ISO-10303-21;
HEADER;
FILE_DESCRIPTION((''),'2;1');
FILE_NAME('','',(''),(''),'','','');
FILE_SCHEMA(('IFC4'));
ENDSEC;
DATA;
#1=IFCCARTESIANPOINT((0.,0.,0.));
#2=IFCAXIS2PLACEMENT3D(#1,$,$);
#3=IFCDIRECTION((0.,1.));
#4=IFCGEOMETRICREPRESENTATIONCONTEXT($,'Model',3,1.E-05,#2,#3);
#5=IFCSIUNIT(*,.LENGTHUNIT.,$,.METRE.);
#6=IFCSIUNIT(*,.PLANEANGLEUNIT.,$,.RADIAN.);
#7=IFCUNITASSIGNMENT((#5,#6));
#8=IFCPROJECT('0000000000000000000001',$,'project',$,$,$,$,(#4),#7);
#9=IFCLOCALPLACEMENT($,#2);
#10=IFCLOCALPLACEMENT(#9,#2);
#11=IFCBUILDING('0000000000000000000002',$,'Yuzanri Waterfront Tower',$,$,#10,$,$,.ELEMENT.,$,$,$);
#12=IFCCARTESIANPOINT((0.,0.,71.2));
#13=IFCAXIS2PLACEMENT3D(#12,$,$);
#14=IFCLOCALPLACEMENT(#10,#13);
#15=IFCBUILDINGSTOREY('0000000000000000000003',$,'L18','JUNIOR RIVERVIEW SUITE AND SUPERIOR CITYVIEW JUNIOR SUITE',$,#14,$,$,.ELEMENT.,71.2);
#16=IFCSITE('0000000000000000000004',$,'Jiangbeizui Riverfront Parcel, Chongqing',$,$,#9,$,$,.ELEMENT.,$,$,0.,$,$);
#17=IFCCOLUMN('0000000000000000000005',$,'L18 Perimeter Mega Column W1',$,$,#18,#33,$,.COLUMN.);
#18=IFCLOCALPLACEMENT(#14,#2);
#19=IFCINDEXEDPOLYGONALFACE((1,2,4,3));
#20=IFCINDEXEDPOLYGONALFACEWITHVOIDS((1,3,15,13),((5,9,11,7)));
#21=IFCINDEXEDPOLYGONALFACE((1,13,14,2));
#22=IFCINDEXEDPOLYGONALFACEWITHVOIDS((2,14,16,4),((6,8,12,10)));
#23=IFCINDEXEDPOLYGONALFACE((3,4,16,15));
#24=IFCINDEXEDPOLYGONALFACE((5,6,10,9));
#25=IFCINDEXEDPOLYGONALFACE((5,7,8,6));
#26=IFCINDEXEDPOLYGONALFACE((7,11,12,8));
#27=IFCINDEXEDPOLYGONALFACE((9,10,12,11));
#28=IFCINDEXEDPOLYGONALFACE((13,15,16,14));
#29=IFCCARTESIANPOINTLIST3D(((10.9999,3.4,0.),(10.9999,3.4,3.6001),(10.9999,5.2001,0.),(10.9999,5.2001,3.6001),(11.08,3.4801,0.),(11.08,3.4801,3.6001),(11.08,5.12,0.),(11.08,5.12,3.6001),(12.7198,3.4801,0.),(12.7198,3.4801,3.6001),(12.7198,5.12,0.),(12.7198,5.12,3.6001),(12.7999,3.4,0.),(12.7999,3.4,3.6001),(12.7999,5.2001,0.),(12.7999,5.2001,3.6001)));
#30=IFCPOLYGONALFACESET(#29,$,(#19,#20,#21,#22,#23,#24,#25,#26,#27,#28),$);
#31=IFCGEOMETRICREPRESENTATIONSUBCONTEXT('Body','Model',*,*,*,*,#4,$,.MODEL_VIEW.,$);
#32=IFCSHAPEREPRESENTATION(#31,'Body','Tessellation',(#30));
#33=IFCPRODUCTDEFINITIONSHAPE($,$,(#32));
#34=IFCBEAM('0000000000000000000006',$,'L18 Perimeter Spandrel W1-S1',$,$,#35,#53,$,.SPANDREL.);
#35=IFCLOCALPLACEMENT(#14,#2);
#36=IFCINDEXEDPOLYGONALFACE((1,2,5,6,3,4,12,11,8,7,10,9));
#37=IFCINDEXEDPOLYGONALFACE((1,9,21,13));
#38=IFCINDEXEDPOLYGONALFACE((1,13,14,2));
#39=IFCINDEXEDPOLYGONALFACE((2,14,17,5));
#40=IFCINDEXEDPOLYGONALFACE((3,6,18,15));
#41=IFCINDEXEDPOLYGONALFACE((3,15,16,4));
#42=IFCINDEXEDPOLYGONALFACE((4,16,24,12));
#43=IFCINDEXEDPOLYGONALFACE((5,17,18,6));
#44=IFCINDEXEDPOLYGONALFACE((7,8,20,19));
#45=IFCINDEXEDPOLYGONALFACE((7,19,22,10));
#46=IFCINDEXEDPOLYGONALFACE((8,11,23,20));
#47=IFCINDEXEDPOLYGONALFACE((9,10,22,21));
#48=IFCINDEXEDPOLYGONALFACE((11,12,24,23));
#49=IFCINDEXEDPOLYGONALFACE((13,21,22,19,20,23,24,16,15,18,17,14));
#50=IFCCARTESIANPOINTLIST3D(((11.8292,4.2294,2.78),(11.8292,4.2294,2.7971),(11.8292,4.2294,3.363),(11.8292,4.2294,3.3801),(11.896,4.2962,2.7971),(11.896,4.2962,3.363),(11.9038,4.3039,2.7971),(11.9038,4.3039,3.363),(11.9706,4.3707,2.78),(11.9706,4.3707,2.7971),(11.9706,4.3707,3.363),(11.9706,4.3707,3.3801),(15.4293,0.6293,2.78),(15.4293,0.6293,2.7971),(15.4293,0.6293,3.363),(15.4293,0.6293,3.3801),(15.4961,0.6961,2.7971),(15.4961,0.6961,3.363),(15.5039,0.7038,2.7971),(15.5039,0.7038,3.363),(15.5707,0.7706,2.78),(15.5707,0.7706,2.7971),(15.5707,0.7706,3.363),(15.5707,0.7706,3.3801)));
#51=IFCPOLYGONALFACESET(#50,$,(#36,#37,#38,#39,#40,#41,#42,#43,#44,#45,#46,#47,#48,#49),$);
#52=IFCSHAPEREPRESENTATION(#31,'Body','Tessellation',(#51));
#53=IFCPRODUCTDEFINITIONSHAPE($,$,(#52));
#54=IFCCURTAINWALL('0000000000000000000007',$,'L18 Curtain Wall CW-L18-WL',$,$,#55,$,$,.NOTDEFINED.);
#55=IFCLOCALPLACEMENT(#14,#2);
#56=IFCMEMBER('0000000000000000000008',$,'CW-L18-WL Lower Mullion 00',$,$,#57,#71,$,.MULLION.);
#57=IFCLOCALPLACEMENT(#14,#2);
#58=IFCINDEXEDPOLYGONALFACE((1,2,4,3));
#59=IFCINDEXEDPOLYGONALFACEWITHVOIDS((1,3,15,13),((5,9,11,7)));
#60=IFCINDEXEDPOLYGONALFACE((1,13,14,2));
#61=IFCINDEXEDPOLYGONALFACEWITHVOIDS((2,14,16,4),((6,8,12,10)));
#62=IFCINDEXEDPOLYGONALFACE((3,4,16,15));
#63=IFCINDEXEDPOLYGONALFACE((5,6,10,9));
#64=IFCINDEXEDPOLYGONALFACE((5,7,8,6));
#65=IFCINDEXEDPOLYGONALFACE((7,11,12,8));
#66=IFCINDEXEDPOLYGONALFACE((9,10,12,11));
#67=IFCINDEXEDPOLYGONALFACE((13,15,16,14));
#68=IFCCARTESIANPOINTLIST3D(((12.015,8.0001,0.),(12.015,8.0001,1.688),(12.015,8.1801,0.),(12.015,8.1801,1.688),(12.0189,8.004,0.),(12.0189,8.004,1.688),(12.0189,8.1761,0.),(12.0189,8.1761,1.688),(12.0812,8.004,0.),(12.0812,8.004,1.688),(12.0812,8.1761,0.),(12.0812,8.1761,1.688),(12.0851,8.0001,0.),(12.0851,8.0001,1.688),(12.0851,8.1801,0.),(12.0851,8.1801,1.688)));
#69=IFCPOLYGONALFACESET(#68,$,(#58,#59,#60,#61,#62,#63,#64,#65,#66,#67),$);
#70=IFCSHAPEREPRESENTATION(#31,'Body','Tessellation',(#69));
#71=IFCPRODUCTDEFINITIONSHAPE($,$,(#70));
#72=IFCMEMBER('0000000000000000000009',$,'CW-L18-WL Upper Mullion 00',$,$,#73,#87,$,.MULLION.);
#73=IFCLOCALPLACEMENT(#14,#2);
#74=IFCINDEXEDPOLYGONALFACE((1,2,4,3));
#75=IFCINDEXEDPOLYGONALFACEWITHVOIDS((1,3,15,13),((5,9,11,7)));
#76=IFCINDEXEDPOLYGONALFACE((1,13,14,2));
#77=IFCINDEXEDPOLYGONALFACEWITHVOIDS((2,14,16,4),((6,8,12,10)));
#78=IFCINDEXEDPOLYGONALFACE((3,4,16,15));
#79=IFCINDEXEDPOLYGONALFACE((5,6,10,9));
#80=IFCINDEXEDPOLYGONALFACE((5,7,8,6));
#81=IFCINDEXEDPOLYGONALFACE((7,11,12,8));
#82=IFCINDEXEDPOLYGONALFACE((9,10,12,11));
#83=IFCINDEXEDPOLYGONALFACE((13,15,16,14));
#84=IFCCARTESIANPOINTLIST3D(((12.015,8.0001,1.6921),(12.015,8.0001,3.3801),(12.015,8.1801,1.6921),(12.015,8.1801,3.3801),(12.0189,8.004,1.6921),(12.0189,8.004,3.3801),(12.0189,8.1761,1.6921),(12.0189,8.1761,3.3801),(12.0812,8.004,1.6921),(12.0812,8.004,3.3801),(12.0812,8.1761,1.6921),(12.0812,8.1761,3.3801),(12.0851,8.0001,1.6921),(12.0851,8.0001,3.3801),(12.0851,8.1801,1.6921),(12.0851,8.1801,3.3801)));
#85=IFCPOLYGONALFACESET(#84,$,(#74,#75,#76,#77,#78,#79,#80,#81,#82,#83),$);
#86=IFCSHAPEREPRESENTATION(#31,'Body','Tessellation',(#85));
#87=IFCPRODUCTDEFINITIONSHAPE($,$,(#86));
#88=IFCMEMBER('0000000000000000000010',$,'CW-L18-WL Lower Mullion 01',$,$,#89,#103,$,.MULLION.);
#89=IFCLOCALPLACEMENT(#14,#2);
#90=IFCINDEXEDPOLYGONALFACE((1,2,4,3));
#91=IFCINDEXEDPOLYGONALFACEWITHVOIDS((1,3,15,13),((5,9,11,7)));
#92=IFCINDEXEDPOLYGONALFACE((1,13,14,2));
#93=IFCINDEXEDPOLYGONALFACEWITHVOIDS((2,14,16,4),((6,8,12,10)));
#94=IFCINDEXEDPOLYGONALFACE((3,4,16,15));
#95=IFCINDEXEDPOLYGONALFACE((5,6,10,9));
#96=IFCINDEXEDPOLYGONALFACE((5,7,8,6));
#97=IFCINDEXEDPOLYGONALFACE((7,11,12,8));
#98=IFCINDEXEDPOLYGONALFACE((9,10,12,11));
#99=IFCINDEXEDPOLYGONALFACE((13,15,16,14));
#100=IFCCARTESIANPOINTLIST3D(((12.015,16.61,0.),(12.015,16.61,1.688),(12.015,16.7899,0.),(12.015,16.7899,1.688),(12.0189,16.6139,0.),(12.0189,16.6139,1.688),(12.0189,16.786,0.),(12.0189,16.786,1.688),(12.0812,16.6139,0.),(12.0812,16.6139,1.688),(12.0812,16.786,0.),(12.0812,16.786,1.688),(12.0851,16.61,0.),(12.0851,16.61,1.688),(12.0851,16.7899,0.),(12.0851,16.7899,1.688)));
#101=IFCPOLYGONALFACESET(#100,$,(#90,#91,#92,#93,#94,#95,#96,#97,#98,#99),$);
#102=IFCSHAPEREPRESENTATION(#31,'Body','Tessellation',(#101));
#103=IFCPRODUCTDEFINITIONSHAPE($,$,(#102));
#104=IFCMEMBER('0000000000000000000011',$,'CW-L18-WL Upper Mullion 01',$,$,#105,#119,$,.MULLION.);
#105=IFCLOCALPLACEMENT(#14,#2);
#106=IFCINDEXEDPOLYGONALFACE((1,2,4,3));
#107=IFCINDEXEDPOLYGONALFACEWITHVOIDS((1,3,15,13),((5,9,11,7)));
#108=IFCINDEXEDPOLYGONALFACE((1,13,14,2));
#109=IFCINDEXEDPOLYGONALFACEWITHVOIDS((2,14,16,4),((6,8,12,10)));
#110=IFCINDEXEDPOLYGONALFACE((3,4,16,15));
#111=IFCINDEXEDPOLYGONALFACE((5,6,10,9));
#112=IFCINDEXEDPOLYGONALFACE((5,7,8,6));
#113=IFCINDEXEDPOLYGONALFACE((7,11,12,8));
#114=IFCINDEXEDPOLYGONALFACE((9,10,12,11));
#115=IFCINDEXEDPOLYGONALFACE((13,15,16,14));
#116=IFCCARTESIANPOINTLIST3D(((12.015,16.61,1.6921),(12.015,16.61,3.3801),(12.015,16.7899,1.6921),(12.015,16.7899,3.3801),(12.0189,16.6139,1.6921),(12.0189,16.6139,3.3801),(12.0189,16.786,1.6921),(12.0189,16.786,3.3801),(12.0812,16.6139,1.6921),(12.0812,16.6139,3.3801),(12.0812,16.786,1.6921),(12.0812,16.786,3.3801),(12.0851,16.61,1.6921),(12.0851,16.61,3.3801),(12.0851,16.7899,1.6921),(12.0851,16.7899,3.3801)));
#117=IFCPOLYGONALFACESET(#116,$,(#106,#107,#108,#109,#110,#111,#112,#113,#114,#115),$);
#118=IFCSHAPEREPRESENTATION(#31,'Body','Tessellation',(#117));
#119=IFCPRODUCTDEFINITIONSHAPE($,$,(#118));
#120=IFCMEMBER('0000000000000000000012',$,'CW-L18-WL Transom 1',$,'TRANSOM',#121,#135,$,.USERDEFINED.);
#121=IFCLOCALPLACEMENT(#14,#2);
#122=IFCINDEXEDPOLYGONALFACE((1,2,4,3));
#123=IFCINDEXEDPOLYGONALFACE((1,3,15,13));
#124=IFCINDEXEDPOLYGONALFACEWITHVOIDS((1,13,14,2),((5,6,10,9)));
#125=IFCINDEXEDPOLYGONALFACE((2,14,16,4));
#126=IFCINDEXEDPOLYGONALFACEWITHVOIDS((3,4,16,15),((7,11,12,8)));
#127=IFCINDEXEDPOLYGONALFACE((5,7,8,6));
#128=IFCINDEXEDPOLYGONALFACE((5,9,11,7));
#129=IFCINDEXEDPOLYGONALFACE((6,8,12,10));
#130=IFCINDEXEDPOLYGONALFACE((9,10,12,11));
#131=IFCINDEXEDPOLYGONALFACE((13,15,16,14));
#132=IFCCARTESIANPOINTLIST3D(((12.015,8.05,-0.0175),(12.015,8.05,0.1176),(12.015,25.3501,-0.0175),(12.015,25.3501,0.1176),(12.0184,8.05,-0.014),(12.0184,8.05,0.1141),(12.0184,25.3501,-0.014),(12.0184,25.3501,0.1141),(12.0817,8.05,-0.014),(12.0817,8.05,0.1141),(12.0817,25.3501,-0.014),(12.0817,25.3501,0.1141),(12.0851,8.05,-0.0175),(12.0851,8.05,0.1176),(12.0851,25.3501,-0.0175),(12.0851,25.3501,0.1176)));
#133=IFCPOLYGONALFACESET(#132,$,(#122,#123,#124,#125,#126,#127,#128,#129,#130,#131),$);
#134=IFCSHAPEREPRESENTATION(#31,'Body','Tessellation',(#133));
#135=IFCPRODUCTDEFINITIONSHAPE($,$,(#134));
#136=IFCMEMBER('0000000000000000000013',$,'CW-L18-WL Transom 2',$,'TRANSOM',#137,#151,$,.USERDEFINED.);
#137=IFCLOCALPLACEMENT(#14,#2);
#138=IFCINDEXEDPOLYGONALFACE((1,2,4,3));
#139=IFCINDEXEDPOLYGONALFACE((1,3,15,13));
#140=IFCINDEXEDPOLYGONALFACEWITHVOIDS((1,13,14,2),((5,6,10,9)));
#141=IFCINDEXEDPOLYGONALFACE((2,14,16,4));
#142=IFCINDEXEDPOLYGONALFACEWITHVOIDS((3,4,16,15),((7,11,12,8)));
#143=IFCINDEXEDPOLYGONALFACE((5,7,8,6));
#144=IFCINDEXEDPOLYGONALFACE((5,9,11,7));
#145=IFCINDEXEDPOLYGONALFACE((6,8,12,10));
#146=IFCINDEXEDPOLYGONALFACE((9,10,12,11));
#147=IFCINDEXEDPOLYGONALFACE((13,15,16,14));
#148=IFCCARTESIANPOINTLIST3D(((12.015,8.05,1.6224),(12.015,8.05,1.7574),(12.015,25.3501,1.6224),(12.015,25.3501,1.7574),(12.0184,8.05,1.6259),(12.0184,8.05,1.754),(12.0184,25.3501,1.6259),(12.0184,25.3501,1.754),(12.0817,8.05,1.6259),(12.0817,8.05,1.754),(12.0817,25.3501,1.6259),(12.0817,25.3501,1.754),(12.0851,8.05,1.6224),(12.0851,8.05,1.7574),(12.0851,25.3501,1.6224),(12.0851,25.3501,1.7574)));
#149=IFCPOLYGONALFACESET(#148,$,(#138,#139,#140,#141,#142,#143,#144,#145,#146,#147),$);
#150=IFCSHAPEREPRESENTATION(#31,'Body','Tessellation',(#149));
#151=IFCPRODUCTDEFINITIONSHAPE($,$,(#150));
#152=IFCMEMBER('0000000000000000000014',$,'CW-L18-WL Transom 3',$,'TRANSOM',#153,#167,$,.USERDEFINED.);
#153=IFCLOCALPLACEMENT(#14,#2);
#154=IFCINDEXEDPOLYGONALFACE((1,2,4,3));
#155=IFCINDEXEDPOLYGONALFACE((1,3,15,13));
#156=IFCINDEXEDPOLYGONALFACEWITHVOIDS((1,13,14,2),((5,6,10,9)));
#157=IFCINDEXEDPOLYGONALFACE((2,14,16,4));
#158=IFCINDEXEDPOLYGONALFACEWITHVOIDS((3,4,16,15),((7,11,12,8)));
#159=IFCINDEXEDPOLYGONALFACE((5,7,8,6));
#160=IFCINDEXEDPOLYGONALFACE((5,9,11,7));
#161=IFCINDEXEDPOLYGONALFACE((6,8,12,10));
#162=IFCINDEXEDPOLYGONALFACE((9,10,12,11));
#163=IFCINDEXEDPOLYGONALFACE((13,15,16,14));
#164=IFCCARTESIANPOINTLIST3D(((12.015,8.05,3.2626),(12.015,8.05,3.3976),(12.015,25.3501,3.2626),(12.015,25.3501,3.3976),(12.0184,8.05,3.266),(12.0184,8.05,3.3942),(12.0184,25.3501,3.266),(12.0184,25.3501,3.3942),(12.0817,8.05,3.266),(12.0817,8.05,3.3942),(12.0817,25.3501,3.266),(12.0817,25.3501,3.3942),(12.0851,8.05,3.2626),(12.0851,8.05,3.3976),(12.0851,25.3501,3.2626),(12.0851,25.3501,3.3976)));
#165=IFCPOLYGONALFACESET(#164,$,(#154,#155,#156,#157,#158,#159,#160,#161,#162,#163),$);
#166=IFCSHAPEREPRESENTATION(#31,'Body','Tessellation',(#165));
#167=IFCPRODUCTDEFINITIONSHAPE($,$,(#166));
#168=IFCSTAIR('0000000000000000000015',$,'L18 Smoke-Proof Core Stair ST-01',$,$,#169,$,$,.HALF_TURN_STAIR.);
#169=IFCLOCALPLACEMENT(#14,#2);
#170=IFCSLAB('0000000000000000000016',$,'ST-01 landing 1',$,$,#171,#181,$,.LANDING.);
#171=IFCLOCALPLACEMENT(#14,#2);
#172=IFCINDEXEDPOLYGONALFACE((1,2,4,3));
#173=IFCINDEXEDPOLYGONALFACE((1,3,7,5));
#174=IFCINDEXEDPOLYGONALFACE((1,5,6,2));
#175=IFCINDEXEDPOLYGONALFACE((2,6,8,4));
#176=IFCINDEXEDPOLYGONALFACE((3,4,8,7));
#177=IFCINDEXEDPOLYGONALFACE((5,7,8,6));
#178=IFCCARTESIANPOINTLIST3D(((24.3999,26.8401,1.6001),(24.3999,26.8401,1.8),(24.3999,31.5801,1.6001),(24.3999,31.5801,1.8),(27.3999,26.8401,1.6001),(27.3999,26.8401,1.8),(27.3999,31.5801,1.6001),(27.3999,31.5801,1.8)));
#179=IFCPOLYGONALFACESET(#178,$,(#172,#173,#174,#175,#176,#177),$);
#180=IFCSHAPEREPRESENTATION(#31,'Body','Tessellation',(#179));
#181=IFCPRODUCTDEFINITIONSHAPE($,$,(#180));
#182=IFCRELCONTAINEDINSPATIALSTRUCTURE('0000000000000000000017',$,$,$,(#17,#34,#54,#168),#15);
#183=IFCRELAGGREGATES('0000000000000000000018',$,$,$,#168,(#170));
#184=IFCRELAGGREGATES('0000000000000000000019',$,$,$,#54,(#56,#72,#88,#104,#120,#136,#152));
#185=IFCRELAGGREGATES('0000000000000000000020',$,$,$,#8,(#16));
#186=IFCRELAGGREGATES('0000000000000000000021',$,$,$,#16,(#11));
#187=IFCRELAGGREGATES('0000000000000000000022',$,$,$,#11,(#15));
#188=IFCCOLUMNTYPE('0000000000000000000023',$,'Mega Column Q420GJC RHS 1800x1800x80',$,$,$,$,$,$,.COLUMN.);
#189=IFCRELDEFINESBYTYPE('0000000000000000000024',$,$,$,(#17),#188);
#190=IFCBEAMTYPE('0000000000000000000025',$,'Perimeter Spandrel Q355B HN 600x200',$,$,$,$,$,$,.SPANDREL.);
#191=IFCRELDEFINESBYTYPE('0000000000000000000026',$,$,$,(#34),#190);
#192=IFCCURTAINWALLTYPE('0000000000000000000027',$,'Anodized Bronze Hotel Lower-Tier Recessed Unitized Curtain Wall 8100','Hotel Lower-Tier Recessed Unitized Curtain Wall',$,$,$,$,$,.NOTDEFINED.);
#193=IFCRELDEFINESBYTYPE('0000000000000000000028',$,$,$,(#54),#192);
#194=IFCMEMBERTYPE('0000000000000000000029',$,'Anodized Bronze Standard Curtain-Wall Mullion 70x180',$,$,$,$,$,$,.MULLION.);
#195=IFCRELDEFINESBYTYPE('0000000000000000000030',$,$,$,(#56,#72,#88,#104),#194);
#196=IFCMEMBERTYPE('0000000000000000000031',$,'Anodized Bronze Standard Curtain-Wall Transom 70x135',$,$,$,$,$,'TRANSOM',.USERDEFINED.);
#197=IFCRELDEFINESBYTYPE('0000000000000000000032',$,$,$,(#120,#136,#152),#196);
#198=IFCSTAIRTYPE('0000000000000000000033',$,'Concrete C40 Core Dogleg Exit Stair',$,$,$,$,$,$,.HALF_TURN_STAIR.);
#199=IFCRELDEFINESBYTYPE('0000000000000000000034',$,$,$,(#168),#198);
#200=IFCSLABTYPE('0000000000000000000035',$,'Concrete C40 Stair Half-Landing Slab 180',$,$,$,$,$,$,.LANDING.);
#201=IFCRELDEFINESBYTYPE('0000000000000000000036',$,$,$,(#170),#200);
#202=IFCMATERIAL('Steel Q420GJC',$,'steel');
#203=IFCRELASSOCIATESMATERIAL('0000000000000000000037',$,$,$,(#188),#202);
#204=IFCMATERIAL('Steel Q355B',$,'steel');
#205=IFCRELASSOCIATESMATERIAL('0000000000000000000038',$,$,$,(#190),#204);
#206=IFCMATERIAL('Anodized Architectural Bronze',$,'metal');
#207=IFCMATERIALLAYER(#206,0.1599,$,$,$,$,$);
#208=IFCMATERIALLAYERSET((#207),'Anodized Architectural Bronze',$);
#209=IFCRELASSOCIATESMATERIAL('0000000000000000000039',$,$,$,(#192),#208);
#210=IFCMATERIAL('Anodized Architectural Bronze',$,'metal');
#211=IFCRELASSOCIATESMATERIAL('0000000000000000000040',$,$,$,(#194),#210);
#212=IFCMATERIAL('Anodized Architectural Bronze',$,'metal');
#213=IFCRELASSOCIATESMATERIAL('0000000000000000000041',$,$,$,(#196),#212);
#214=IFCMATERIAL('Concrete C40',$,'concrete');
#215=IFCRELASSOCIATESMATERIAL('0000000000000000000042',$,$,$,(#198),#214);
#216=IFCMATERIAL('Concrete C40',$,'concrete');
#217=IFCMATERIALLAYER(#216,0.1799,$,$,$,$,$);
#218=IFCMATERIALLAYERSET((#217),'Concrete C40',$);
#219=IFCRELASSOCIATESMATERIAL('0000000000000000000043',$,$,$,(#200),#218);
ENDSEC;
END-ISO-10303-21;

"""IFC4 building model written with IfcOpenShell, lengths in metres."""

from ifc_helpers import new_model, si_unit, direction, frame, origin, origin_2d, place, context, subcontext, project, spatial, polyline, hollow_rectangle, i_section, outline, extrude, source, transform, mapped, material, layer, layer_set, material_profile, profile_set, type_object, element, aggregate, save


model = new_model("IFC4")

# Units and contexts
model_context = context("Model", 3, precision=1e-05, world=origin(), true_north=direction((0.0, 1.0)))
body_context = subcontext(model_context, "Body", "Model", "MODEL_VIEW")
ifc_project = project(units=[si_unit("LENGTHUNIT", "METRE"), si_unit("PLANEANGLEUNIT", "RADIAN")], contexts=[model_context])

# Site, building, storey
site_placement = place(None, origin())
site = spatial("IfcSite", under=ifc_project, at=site_placement, Name="Jiangbeizui Riverfront Parcel, Chongqing", CompositionType="ELEMENT", RefElevation=0.0)
building_placement = place(site_placement, origin())
building = spatial("IfcBuilding", under=site, at=building_placement, Name="Yuzanri Waterfront Tower", CompositionType="ELEMENT")
storey_placement = place(building_placement, frame((0.0, 0.0, 71.2)))
storey = spatial("IfcBuildingStorey", under=building, at=storey_placement, Name="L18", Description="JUNIOR RIVERVIEW SUITE AND SUPERIOR CITYVIEW JUNIOR SUITE", CompositionType="ELEMENT", Elevation=71.2)

# Column
ifc_material_1 = material(Name="Steel Q420GJC", Category="steel")
ifc_material_profile_1 = material_profile(ifc_material_1, hollow_rectangle(XDim=1.8, YDim=1.8, WallThickness=0.0801, at=origin_2d()), Name="RHS 1800x1800x80")
ifc_profile_set_1 = profile_set([ifc_material_profile_1], Name="Steel Q420GJC")
column_type = type_object("IfcColumnType", Name="Mega Column Q420GJC RHS 1800x1800x80", PredefinedType="COLUMN", material=ifc_profile_set_1)
shared_shape_1 = source(origin(), body_context, "Body", "SweptSolid", [
    extrude(hollow_rectangle(XDim=1.8, YDim=1.8, WallThickness=0.0801, at=origin_2d()), origin(), (0.0, 0.0, 1.0), 3.6001),
])
column_placement = place(storey_placement, frame((11.8999, 4.3, 0.0), z_axis=(0.0, 0.0, 1.0), x_axis=(1.0, 0.0, 0.0)))
element("IfcColumn", 1, at=column_placement, inside=storey, type_object=column_type, Name="L18 Perimeter Mega Column W1", PredefinedType="COLUMN", context=body_context, shape_type="MappedRepresentation", body=[
    mapped(shared_shape_1, transform((0.0, 0.0, 0.0), scale=1.0)),
])

# Beam
ifc_material_2 = material(Name="Steel Q355B", Category="steel")
ifc_material_profile_2 = material_profile(ifc_material_2, i_section(OverallWidth=0.2, OverallDepth=0.6001, WebThickness=0.011, FlangeThickness=0.0171, at=origin_2d()), Name="HN 600x200x11x17")
ifc_profile_set_2 = profile_set([ifc_material_profile_2], Name="Steel Q355B")
beam_type = type_object("IfcBeamType", Name="Perimeter Spandrel Q355B HN 600x200", PredefinedType="SPANDREL", material=ifc_profile_set_2)
shared_shape_2 = source(origin(), body_context, "Body", "SweptSolid", [
    extrude(i_section(OverallWidth=0.2, OverallDepth=0.6001, WebThickness=0.011, FlangeThickness=0.0171, at=origin_2d()), origin(), (0.0, 0.0, 1.0), 5.0913),
])
beam_placement = place(storey_placement, frame((11.8999, 4.3, 3.0801), z_axis=(0.707107, -0.707107, 0.0), x_axis=(0.707107, 0.707107, 0.0)))
element("IfcBeam", 2, at=beam_placement, inside=storey, type_object=beam_type, Name="L18 Perimeter Spandrel W1-S1", PredefinedType="SPANDREL", context=body_context, shape_type="MappedRepresentation", body=[
    mapped(shared_shape_2, transform((0.0, 0.0, 0.0), scale=1.0)),
])

# Curtain wall, members
ifc_material_3 = material(Name="Anodized Architectural Bronze", Category="metal")
ifc_layer_1 = layer(ifc_material_3, 0.1599)
ifc_layer_set_1 = layer_set([ifc_layer_1], Name="Anodized Architectural Bronze")
curtain_wall_type = type_object("IfcCurtainWallType", Name="Anodized Bronze Hotel Lower-Tier Recessed Unitized Curtain Wall 8100", Description="Hotel Lower-Tier Recessed Unitized Curtain Wall", PredefinedType="NOTDEFINED", material=ifc_layer_set_1)
curtain_wall_placement = place(storey_placement, origin())
curtain_wall = element("IfcCurtainWall", 3, at=curtain_wall_placement, inside=storey, type_object=curtain_wall_type, Name="L18 Curtain Wall CW-L18-WL", PredefinedType="NOTDEFINED")
ifc_material_4 = material(Name="Anodized Architectural Bronze", Category="metal")
ifc_material_profile_3 = material_profile(ifc_material_4, hollow_rectangle(XDim=0.0701, YDim=0.1799, WallThickness=0.0039, at=origin_2d()), Name="CWM 70x180")
ifc_profile_set_3 = profile_set([ifc_material_profile_3], Name="Anodized Architectural Bronze")
member_type_1 = type_object("IfcMemberType", Name="Anodized Bronze Standard Curtain-Wall Mullion 70x180", PredefinedType="MULLION", material=ifc_profile_set_3)
shared_shape_3 = source(origin(), body_context, "Body", "SweptSolid", [
    extrude(hollow_rectangle(XDim=0.0701, YDim=0.1799, WallThickness=0.0039, at=origin_2d()), origin(), (0.0, 0.0, 1.0), 1.688),
])
member_1_placement = place(storey_placement, frame((12.05, 8.0901, 0.0), z_axis=(0.0, 0.0, 1.0), x_axis=(1.0, 0.0, 0.0)))
member_1 = element("IfcMember", 4, at=member_1_placement, type_object=member_type_1, Name="CW-L18-WL Lower Mullion 00", PredefinedType="MULLION", context=body_context, shape_type="MappedRepresentation", body=[
    mapped(shared_shape_3, transform((0.0, 0.0, 0.0), scale=1.0)),
])
member_2_placement = place(storey_placement, frame((12.05, 8.0901, 1.6921), z_axis=(0.0, 0.0, 1.0), x_axis=(1.0, 0.0, 0.0)))
member_2 = element("IfcMember", 5, at=member_2_placement, type_object=member_type_1, Name="CW-L18-WL Upper Mullion 00", PredefinedType="MULLION", context=body_context, shape_type="MappedRepresentation", body=[
    mapped(shared_shape_3, transform((0.0, 0.0, 0.0), scale=1.0)),
])
member_3_placement = place(storey_placement, frame((12.05, 16.7, 0.0), z_axis=(0.0, 0.0, 1.0), x_axis=(1.0, 0.0, 0.0)))
member_3 = element("IfcMember", 6, at=member_3_placement, type_object=member_type_1, Name="CW-L18-WL Lower Mullion 01", PredefinedType="MULLION", context=body_context, shape_type="MappedRepresentation", body=[
    mapped(shared_shape_3, transform((0.0, 0.0, 0.0), scale=1.0)),
])
member_4_placement = place(storey_placement, frame((12.05, 16.7, 1.6921), z_axis=(0.0, 0.0, 1.0), x_axis=(1.0, 0.0, 0.0)))
member_4 = element("IfcMember", 7, at=member_4_placement, type_object=member_type_1, Name="CW-L18-WL Upper Mullion 01", PredefinedType="MULLION", context=body_context, shape_type="MappedRepresentation", body=[
    mapped(shared_shape_3, transform((0.0, 0.0, 0.0), scale=1.0)),
])
ifc_material_5 = material(Name="Anodized Architectural Bronze", Category="metal")
ifc_material_profile_4 = material_profile(ifc_material_5, hollow_rectangle(XDim=0.0701, YDim=0.135, WallThickness=0.0034, at=origin_2d()), Name="CWT 70x135")
ifc_profile_set_4 = profile_set([ifc_material_profile_4], Name="Anodized Architectural Bronze")
member_type_2 = type_object("IfcMemberType", Name="Anodized Bronze Standard Curtain-Wall Transom 70x135", ElementType="TRANSOM", PredefinedType="USERDEFINED", material=ifc_profile_set_4)
shared_shape_4 = source(origin(), body_context, "Body", "SweptSolid", [
    extrude(hollow_rectangle(XDim=0.0701, YDim=0.135, WallThickness=0.0034, at=origin_2d()), origin(), (0.0, 0.0, 1.0), 17.3),
])
member_5_placement = place(storey_placement, frame((12.05, 8.05, 0.05), z_axis=(0.0, 1.0, 0.0), x_axis=(-1.0, 0.0, 0.0)))
member_5 = element("IfcMember", 8, at=member_5_placement, type_object=member_type_2, Name="CW-L18-WL Transom 1", ObjectType="TRANSOM", PredefinedType="USERDEFINED", context=body_context, shape_type="MappedRepresentation", body=[
    mapped(shared_shape_4, transform((0.0, 0.0, 0.0), scale=1.0)),
])
member_6_placement = place(storey_placement, frame((12.05, 8.05, 1.6899), z_axis=(0.0, 1.0, 0.0), x_axis=(-1.0, 0.0, 0.0)))
member_6 = element("IfcMember", 9, at=member_6_placement, type_object=member_type_2, Name="CW-L18-WL Transom 2", ObjectType="TRANSOM", PredefinedType="USERDEFINED", context=body_context, shape_type="MappedRepresentation", body=[
    mapped(shared_shape_4, transform((0.0, 0.0, 0.0), scale=1.0)),
])
member_7_placement = place(storey_placement, frame((12.05, 8.05, 3.3301), z_axis=(0.0, 1.0, 0.0), x_axis=(-1.0, 0.0, 0.0)))
member_7 = element("IfcMember", 10, at=member_7_placement, type_object=member_type_2, Name="CW-L18-WL Transom 3", ObjectType="TRANSOM", PredefinedType="USERDEFINED", context=body_context, shape_type="MappedRepresentation", body=[
    mapped(shared_shape_4, transform((0.0, 0.0, 0.0), scale=1.0)),
])

# Stair, slab
ifc_material_6 = material(Name="Concrete C40", Category="concrete")
stair_type = type_object("IfcStairType", Name="Concrete C40 Core Dogleg Exit Stair", PredefinedType="HALF_TURN_STAIR", material=ifc_material_6)
stair_1_placement = place(storey_placement, origin())
stair_1 = element("IfcStair", 11, at=stair_1_placement, inside=storey, type_object=stair_type, Name="L18 Smoke-Proof Core Stair ST-01", PredefinedType="HALF_TURN_STAIR")
ifc_material_7 = material(Name="Concrete C40", Category="concrete")
ifc_layer_2 = layer(ifc_material_7, 0.1799)
ifc_layer_set_2 = layer_set([ifc_layer_2], Name="Concrete C40")
slab_type_1 = type_object("IfcSlabType", Name="Concrete C40 Stair Half-Landing Slab 180", PredefinedType="LANDING", material=ifc_layer_set_2)
slab_1_placement = place(storey_placement, frame((0.0, 0.0, 1.6001)))
slab_1 = element("IfcSlab", 12, at=slab_1_placement, type_object=slab_type_1, Name="ST-01 landing 1", PredefinedType="LANDING", context=body_context, shape_type="SweptSolid", body=[
    extrude(outline(polyline([(27.3999, 26.8401), (27.3999, 31.5801), (24.3999, 31.5801), (24.3999, 26.8401), (27.3999, 26.8401)])), origin(), (0.0, 0.0, 1.0), 0.2),
])
aggregate(stair_1, [slab_1])

aggregate(curtain_wall, [member_1, member_2, member_3, member_4, member_5, member_6, member_7])

save(model, "model.ifc")
